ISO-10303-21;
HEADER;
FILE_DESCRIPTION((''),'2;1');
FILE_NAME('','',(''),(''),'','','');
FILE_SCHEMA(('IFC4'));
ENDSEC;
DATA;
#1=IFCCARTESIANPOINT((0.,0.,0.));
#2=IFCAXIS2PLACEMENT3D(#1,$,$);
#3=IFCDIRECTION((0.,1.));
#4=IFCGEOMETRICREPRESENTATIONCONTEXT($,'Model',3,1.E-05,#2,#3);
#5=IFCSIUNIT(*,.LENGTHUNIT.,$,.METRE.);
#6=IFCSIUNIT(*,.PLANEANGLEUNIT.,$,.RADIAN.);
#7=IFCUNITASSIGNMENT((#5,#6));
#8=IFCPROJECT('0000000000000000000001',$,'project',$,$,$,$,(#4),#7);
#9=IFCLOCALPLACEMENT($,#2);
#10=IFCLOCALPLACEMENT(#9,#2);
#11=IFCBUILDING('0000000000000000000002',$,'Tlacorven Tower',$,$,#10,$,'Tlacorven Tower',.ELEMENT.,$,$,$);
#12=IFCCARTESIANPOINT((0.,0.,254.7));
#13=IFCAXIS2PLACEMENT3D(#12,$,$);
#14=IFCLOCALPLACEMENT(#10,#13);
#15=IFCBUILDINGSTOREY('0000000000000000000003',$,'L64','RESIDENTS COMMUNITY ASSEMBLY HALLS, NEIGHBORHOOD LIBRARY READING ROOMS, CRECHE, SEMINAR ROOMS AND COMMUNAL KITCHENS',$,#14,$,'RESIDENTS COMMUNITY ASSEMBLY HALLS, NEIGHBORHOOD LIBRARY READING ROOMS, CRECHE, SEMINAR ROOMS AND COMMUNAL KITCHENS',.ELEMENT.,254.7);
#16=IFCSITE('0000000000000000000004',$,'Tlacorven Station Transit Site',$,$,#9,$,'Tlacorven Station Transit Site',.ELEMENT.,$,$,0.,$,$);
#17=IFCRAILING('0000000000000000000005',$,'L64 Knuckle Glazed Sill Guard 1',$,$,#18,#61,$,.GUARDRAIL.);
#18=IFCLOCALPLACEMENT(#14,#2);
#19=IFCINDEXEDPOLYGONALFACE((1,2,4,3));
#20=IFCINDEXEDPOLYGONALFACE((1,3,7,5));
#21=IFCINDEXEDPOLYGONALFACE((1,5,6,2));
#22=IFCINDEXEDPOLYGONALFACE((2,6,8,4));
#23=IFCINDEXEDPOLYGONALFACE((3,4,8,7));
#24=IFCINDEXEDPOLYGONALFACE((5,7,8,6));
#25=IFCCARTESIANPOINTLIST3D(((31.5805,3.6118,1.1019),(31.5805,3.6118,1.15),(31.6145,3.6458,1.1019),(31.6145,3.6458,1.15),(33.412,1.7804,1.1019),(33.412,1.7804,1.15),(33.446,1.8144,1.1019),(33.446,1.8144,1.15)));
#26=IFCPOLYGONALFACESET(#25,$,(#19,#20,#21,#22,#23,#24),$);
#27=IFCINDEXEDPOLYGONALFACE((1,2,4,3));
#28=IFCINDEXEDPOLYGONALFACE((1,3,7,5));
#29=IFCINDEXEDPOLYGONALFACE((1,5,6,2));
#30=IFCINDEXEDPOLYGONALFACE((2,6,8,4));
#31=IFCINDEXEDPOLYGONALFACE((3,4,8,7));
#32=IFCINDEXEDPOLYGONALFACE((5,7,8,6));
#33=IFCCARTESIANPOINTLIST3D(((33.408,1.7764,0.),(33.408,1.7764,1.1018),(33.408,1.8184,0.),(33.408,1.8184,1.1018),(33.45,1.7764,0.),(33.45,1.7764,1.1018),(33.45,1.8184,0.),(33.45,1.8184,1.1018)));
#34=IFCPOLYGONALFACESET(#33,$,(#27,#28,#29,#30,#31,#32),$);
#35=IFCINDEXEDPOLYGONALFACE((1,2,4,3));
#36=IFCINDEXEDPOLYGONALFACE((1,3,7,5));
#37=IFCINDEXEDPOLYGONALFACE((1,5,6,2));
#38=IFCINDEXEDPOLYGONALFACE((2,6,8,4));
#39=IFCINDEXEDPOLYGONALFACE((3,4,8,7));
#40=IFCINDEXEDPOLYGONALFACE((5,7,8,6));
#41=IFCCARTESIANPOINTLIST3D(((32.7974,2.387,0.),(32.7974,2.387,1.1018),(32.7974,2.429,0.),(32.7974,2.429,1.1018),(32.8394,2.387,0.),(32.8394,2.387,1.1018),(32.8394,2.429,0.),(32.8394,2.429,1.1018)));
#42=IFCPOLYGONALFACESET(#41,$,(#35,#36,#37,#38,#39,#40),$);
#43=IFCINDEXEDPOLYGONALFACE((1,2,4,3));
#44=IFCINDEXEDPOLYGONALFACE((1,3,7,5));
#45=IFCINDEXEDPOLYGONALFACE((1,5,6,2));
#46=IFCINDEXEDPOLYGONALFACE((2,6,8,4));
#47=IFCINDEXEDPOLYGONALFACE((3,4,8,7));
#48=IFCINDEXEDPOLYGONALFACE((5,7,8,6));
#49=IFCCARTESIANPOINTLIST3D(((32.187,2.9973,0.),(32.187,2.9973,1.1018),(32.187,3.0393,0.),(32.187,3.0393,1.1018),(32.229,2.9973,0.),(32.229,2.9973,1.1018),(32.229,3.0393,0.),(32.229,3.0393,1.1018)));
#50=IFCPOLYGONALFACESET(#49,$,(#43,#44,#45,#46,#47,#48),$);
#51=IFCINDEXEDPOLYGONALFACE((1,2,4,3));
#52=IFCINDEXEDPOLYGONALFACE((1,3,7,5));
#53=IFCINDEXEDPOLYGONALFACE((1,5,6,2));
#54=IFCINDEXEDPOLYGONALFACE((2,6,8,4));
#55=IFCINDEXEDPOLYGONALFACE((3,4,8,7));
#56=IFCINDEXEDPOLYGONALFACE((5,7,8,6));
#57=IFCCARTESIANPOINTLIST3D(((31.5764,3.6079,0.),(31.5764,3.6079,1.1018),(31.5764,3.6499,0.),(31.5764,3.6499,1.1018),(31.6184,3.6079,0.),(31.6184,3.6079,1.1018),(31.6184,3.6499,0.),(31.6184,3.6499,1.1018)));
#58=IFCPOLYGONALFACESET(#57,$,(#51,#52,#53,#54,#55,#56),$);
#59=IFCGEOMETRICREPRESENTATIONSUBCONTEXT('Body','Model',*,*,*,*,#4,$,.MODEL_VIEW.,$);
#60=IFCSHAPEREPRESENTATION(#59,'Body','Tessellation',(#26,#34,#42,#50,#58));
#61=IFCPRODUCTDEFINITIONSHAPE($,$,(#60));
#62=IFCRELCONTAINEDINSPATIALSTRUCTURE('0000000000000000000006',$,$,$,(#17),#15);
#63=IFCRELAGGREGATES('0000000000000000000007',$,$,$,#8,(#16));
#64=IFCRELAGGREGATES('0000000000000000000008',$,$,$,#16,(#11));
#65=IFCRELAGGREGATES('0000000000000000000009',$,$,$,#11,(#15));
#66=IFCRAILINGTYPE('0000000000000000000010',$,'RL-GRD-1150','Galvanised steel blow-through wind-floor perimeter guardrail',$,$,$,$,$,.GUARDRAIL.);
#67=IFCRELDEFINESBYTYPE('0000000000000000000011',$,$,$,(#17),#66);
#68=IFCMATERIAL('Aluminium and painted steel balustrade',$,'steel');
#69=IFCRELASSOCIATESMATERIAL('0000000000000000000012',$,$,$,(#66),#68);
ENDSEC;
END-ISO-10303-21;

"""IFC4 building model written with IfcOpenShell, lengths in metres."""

from ifc_helpers import new_model, si_unit, direction, frame, origin, origin_2d, place, context, subcontext, project, spatial, rectangle, extrude, source, transform, mapped, material, type_object, element, save


model = new_model("IFC4")

# Units and contexts
model_context = context("Model", 3, precision=1e-05, world=origin(), true_north=direction((0.0, 1.0)))
body_context = subcontext(model_context, "Body", "Model", "MODEL_VIEW")
ifc_project = project(units=[si_unit("LENGTHUNIT", "METRE"), si_unit("PLANEANGLEUNIT", "RADIAN")], contexts=[model_context])

# Site, building, storey
site_placement = place(None, origin())
site = spatial("IfcSite", under=ifc_project, at=site_placement, Name="Tlacorven Station Transit Site", LongName="Tlacorven Station Transit Site", CompositionType="ELEMENT", RefElevation=0.0)
building_placement = place(site_placement, origin())
building = spatial("IfcBuilding", under=site, at=building_placement, Name="Tlacorven Tower", LongName="Tlacorven Tower", CompositionType="ELEMENT")
storey_placement = place(building_placement, frame((0.0, 0.0, 254.7)))
storey = spatial("IfcBuildingStorey", under=building, at=storey_placement, Name="L64", Description="RESIDENTS COMMUNITY ASSEMBLY HALLS, NEIGHBORHOOD LIBRARY READING ROOMS, CRECHE, SEMINAR ROOMS AND COMMUNAL KITCHENS", LongName="RESIDENTS COMMUNITY ASSEMBLY HALLS, NEIGHBORHOOD LIBRARY READING ROOMS, CRECHE, SEMINAR ROOMS AND COMMUNAL KITCHENS", CompositionType="ELEMENT", Elevation=254.7)

# Railing
ifc_material_1 = material(Name="Aluminium and painted steel balustrade", Category="steel")
railing_type = type_object("IfcRailingType", Name="RL-GRD-1150", Description="Galvanised steel blow-through wind-floor perimeter guardrail", PredefinedType="GUARDRAIL", material=ifc_material_1)
shared_shape_1 = source(origin(), body_context, "Body", "SweptSolid", [
    extrude(rectangle(XDim=0.0481, YDim=0.0481, at=origin_2d()), frame((0.0, 0.0, 1.126), z_axis=(-0.707107, 0.707107, 0.0), x_axis=(-0.707107, -0.707107, 0.0)), (0.0, 0.0, 1.0), 2.5901),
    extrude(rectangle(XDim=0.042, YDim=0.042, at=origin_2d()), origin(), (0.0, 0.0, 1.0), 1.1018),
    extrude(rectangle(XDim=0.042, YDim=0.042, at=origin_2d()), frame((-0.6106, 0.6106, 0.0)), (0.0, 0.0, 1.0), 1.1018),
    extrude(rectangle(XDim=0.042, YDim=0.042, at=origin_2d()), frame((-1.2209, 1.2209, 0.0)), (0.0, 0.0, 1.0), 1.1018),
    extrude(rectangle(XDim=0.042, YDim=0.042, at=origin_2d()), frame((-1.8315, 1.8315, 0.0)), (0.0, 0.0, 1.0), 1.1018),
])
railing_placement = place(storey_placement, frame((33.429, 1.7974, 0.0)))
element("IfcRailing", 1, at=railing_placement, inside=storey, type_object=railing_type, Name="L64 Knuckle Glazed Sill Guard 1", PredefinedType="GUARDRAIL", context=body_context, shape_type="MappedRepresentation", body=[
    mapped(shared_shape_1, transform((0.0, 0.0, 0.0), scale=1.0)),
])

save(model, "model.ifc")
